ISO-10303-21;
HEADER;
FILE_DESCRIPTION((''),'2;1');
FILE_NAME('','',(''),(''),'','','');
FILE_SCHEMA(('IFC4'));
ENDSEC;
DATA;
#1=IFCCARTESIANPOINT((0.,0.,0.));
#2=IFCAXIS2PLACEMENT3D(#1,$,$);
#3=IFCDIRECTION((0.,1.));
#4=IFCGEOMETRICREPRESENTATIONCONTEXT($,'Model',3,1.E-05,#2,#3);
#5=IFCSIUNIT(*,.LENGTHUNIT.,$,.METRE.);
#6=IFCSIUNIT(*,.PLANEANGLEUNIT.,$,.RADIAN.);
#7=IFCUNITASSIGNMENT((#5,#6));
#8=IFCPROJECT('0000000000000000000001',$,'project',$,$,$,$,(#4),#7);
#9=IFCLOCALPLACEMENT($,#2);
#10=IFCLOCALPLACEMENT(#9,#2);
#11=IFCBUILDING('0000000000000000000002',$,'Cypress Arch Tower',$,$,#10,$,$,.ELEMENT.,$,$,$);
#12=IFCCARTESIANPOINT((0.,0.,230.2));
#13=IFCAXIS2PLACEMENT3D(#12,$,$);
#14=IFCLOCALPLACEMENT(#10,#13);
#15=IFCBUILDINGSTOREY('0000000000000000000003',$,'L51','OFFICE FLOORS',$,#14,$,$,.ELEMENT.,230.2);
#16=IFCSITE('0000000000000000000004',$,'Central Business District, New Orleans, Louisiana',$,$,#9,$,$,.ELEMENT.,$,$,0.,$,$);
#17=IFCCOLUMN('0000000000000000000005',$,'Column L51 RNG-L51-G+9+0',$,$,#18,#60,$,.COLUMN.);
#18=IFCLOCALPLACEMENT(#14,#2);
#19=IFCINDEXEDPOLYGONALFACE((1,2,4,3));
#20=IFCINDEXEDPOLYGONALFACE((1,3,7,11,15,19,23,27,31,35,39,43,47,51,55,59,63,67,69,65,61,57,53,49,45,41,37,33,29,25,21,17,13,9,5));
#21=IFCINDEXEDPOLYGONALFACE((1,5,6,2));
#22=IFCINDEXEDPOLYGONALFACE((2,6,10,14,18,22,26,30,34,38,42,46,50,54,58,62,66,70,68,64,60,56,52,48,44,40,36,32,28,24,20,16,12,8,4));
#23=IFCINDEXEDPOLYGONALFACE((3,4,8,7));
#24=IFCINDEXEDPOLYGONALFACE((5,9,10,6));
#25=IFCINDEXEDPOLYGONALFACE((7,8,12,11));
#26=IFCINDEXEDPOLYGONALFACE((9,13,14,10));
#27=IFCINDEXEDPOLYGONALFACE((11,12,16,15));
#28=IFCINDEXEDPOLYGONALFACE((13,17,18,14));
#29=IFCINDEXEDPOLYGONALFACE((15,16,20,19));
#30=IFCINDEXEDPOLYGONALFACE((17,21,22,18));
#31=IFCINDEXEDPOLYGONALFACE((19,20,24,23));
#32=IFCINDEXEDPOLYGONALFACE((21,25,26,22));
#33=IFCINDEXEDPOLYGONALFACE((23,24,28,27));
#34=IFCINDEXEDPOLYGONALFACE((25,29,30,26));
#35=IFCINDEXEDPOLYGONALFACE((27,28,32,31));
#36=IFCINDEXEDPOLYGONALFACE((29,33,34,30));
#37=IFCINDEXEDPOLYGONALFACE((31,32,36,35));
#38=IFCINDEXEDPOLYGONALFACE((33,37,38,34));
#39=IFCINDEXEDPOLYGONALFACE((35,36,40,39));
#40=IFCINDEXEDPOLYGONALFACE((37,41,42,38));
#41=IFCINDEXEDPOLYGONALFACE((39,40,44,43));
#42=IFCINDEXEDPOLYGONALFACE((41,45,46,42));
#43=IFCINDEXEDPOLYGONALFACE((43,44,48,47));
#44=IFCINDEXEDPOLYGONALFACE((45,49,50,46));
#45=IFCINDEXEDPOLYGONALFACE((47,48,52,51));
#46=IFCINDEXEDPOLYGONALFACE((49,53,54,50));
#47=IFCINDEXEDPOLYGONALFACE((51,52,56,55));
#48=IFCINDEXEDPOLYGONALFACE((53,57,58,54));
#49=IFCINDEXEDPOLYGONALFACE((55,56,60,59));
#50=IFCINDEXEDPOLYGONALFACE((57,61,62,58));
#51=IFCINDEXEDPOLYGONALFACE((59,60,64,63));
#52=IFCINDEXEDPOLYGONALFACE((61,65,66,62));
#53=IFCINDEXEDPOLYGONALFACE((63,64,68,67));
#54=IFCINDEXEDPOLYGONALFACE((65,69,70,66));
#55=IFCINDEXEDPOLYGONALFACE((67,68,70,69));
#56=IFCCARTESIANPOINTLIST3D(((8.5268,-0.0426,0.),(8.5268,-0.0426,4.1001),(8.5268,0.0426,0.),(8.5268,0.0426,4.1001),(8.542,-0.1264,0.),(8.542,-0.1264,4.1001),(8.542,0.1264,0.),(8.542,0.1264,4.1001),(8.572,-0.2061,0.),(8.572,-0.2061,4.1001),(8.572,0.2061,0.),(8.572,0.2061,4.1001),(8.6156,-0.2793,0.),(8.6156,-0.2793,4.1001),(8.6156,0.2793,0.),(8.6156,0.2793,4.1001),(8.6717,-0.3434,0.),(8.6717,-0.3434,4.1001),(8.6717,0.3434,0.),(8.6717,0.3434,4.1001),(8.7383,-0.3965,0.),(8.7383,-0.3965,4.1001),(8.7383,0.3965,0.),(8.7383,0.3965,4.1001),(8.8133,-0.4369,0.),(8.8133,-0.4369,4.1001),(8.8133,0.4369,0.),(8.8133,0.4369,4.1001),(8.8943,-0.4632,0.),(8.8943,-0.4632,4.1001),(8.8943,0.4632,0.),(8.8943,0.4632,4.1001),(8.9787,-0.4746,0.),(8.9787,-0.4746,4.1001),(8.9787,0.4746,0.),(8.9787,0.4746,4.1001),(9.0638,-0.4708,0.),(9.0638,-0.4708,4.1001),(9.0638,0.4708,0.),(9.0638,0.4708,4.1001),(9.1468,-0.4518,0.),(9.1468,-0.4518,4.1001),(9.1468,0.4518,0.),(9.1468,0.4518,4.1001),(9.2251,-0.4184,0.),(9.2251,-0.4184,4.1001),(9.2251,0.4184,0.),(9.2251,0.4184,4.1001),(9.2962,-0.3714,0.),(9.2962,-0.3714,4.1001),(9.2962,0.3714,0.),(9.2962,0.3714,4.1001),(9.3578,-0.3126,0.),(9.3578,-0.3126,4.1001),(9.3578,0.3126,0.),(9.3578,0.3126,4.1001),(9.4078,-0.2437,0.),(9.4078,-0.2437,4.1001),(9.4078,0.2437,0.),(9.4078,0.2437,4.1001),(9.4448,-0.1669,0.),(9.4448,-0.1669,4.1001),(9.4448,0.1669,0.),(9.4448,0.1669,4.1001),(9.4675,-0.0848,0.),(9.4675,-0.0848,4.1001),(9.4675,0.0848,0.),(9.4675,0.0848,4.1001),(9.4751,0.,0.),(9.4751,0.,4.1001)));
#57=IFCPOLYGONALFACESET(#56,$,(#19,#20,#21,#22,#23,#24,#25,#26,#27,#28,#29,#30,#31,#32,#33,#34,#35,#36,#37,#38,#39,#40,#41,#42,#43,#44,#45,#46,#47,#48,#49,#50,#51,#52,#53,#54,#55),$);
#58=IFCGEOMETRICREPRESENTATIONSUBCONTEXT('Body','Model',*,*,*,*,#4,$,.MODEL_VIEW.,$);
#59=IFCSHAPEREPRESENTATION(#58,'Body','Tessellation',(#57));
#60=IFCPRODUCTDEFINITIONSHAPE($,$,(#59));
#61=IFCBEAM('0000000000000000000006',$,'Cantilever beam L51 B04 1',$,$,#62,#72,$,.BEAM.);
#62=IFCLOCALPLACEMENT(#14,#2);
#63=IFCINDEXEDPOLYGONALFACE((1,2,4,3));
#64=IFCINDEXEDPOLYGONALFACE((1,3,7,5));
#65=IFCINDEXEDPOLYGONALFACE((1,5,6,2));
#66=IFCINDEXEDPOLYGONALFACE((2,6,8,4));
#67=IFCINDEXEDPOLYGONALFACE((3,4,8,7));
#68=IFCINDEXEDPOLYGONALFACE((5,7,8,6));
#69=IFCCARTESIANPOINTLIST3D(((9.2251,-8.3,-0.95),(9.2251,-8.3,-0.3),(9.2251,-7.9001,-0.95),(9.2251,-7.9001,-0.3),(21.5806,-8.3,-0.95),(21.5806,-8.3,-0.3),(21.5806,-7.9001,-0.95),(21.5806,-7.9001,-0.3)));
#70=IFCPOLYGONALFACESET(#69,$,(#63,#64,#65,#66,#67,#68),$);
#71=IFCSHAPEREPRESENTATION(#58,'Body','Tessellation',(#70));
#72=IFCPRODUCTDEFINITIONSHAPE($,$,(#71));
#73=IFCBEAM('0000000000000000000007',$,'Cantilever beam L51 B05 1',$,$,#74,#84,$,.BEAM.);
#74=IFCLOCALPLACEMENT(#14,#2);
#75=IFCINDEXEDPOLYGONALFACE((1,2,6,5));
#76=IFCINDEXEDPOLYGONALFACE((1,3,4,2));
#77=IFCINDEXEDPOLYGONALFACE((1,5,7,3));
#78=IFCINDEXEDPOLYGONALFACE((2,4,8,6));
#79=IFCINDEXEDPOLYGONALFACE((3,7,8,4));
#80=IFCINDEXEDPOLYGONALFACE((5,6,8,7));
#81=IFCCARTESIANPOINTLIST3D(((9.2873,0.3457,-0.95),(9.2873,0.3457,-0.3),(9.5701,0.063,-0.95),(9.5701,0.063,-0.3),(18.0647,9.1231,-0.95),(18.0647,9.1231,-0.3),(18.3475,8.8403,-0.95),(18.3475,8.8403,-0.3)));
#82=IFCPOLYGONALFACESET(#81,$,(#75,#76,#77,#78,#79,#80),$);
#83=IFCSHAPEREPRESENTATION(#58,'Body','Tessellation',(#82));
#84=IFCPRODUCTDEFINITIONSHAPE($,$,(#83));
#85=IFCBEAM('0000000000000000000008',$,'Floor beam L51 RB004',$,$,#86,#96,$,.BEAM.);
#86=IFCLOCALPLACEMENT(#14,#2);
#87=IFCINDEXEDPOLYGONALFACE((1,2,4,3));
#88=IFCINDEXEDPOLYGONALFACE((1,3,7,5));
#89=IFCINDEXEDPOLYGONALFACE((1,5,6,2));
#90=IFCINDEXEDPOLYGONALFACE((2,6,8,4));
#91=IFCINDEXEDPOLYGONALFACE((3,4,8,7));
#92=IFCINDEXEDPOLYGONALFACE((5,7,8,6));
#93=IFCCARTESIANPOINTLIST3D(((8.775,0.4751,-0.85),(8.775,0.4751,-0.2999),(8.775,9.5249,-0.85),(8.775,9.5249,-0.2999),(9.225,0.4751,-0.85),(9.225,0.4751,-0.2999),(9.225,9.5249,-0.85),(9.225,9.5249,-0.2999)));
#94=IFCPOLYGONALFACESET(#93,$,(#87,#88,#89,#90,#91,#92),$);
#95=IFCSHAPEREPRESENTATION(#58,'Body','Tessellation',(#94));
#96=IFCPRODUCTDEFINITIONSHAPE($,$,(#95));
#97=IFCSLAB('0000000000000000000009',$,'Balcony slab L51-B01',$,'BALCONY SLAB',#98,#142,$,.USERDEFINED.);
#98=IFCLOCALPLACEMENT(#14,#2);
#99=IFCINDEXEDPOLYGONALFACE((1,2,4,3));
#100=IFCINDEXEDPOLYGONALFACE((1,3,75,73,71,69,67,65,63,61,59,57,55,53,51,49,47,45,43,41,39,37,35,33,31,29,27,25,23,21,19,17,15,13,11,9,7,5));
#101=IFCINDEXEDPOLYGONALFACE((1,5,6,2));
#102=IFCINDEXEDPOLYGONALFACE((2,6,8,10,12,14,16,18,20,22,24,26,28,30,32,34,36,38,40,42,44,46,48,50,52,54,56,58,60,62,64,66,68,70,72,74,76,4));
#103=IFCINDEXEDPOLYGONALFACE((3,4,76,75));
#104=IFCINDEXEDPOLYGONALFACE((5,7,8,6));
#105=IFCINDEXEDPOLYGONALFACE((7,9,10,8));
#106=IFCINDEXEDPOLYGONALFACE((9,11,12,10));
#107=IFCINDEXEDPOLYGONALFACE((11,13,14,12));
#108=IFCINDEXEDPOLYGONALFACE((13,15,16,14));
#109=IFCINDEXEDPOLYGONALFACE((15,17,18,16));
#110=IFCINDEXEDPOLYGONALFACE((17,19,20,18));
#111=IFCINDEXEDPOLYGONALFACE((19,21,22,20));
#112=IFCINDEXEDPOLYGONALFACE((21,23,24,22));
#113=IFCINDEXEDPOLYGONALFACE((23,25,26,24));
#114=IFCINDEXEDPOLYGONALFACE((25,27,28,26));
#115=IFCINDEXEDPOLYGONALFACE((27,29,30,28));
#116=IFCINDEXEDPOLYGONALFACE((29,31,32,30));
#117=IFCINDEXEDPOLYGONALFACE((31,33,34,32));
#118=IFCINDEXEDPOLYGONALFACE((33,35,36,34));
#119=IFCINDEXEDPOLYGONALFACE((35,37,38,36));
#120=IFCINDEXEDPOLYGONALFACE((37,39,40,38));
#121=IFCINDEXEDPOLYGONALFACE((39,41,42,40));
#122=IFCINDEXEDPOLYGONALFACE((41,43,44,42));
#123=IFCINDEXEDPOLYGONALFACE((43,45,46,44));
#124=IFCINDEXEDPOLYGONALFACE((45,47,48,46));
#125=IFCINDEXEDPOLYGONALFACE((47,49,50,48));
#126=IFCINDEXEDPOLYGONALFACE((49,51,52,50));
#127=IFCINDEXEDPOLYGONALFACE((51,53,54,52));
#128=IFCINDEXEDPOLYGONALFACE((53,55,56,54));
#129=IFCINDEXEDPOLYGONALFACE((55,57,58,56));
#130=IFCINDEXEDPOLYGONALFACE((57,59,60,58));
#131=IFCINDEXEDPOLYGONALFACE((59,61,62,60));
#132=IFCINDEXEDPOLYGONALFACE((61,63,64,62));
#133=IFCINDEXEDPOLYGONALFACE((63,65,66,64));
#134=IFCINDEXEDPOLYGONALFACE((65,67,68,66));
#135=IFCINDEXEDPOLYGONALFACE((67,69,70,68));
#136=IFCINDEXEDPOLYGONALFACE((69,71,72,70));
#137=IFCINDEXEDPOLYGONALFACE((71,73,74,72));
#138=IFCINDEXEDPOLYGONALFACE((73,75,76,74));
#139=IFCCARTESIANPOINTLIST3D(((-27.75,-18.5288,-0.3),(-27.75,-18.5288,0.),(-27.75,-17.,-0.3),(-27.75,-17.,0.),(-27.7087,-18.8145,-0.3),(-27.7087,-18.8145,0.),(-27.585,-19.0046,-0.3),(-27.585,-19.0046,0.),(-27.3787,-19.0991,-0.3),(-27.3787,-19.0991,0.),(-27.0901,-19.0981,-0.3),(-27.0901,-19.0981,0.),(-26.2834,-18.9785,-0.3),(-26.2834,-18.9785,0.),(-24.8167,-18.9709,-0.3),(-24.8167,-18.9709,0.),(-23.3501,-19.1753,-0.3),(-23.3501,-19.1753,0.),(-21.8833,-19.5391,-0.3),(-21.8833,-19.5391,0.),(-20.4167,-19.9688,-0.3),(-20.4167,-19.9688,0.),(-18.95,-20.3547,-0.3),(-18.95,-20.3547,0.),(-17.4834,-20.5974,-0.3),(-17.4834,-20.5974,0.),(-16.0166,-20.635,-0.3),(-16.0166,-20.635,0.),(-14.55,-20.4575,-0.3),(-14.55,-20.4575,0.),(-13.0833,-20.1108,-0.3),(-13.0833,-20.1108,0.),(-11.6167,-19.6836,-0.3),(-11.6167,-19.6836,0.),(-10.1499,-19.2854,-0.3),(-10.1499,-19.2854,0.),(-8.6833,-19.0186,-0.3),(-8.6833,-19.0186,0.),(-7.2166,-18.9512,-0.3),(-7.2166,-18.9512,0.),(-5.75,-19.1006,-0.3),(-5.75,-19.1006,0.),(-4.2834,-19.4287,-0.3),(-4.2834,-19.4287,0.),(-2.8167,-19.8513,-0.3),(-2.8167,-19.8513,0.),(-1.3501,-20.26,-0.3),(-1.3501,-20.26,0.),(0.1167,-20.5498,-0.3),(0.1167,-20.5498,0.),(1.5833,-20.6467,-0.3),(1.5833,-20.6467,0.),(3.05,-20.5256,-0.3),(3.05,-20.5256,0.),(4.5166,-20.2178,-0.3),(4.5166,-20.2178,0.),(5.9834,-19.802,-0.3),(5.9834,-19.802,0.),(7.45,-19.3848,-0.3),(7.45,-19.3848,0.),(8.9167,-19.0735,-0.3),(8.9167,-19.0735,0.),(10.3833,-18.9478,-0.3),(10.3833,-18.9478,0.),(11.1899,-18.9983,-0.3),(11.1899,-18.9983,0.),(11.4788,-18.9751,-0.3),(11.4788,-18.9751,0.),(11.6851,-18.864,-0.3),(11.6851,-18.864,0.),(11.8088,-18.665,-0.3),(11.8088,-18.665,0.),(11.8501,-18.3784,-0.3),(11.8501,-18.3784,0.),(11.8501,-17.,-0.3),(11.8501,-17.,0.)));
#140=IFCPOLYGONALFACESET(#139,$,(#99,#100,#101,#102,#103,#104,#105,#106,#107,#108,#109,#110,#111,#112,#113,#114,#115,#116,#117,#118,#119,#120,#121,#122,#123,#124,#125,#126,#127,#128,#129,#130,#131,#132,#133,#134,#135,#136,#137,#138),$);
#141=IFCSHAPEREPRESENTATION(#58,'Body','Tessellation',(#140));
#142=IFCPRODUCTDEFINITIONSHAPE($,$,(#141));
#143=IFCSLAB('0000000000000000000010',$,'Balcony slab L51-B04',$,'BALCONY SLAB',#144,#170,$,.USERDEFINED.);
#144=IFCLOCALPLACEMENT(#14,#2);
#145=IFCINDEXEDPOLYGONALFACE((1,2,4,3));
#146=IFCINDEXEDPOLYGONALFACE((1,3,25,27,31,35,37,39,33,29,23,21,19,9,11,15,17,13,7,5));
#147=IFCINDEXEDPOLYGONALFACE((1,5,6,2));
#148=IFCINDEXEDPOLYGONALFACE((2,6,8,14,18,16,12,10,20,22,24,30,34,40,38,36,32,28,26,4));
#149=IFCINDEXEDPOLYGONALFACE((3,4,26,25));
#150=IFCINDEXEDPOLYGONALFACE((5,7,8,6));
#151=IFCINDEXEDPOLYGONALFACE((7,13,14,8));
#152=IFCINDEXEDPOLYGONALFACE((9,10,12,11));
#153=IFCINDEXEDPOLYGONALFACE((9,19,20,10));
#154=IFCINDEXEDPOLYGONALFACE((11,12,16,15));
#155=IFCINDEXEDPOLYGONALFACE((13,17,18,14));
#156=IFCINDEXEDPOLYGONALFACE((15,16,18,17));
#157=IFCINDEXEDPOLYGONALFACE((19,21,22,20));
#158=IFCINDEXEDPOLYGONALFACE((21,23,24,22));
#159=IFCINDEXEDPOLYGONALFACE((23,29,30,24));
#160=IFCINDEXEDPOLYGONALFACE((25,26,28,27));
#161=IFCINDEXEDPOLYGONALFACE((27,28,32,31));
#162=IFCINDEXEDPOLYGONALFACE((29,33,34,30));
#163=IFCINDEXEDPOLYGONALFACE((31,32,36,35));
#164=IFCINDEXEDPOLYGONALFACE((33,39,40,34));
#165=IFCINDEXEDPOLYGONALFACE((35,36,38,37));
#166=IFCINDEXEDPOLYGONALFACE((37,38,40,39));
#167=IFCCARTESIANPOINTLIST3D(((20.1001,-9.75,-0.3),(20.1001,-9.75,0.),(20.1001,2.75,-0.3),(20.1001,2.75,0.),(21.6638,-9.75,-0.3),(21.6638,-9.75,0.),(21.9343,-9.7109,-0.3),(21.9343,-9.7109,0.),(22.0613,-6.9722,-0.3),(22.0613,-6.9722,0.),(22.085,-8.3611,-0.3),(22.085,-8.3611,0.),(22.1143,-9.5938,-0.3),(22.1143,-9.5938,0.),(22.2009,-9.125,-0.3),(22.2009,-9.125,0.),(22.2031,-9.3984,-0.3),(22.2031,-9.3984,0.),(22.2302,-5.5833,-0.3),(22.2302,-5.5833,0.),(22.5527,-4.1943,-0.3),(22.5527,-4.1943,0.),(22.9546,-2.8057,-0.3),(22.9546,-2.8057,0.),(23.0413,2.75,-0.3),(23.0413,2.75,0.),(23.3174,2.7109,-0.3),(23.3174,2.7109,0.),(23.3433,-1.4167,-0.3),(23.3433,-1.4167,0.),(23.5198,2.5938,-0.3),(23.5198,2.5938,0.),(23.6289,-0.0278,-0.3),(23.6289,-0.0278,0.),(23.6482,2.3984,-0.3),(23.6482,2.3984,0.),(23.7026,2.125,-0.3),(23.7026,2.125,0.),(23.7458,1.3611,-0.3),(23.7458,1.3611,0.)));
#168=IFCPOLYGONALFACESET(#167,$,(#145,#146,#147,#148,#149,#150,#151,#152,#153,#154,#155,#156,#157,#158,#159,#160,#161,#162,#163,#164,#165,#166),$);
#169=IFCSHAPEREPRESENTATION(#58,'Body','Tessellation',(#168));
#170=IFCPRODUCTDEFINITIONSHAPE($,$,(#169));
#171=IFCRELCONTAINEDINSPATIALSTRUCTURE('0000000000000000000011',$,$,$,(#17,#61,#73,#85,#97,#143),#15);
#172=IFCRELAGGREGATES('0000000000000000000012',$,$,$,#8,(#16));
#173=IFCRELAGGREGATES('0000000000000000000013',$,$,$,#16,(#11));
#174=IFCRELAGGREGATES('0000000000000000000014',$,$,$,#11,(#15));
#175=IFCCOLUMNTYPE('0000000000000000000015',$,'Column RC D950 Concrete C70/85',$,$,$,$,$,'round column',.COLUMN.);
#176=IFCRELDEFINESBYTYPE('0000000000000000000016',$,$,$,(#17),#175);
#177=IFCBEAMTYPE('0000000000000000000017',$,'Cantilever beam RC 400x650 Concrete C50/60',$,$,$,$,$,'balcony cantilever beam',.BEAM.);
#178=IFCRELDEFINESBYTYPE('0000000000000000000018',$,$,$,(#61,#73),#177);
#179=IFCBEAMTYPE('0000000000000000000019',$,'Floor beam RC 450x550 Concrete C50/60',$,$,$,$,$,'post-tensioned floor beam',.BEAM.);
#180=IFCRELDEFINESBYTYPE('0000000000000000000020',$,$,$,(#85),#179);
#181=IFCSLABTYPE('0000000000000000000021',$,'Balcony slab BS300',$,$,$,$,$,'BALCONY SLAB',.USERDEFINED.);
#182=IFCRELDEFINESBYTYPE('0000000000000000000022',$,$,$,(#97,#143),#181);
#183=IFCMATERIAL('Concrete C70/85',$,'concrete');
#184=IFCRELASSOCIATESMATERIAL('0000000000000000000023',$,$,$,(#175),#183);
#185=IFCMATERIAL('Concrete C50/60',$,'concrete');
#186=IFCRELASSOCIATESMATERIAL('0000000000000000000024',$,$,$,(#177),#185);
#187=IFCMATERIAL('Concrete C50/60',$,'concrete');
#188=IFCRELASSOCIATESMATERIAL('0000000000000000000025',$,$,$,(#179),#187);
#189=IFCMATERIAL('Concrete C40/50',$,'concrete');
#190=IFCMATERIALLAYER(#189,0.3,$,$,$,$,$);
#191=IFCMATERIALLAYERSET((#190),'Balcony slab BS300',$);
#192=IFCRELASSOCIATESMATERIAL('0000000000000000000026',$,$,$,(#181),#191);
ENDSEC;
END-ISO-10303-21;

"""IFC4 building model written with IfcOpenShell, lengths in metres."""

from ifc_helpers import new_model, si_unit, direction, frame, origin, origin_2d, place, context, subcontext, project, spatial, polyline, rectangle, circle, outline, extrude, material, layer, layer_set, material_profile, profile_set, type_object, element, save


model = new_model("IFC4")

# Units and contexts
model_context = context("Model", 3, precision=1e-05, world=origin(), true_north=direction((0.0, 1.0)))
body_context = subcontext(model_context, "Body", "Model", "MODEL_VIEW")
ifc_project = project(units=[si_unit("LENGTHUNIT", "METRE"), si_unit("PLANEANGLEUNIT", "RADIAN")], contexts=[model_context])

# Site, building, storey
site_placement = place(None, origin())
site = spatial("IfcSite", under=ifc_project, at=site_placement, Name="Central Business District, New Orleans, Louisiana", CompositionType="ELEMENT", RefElevation=0.0)
building_placement = place(site_placement, origin())
building = spatial("IfcBuilding", under=site, at=building_placement, Name="Cypress Arch Tower", CompositionType="ELEMENT")
storey_placement = place(building_placement, frame((0.0, 0.0, 230.2)))
storey = spatial("IfcBuildingStorey", under=building, at=storey_placement, Name="L51", Description="OFFICE FLOORS", CompositionType="ELEMENT", Elevation=230.2)

# Column
ifc_material_1 = material(Name="Concrete C70/85", Category="concrete")
ifc_material_profile_1 = material_profile(ifc_material_1, circle(Radius=0.4751, at=origin_2d()), Name="RC D950")
ifc_profile_set_1 = profile_set([ifc_material_profile_1], Name="Concrete C70/85")
column_type = type_object("IfcColumnType", Name="Column RC D950 Concrete C70/85", ElementType="round column", PredefinedType="COLUMN", material=ifc_profile_set_1)
column_placement = place(storey_placement, frame((9.0, 0.0, 0.0), z_axis=(0.0, 0.0, 1.0), x_axis=(1.0, 0.0, 0.0)))
element("IfcColumn", 1, at=column_placement, inside=storey, type_object=column_type, Name="Column L51 RNG-L51-G+9+0", PredefinedType="COLUMN", context=body_context, shape_type="SweptSolid", body=[
    extrude(circle(Radius=0.4751, at=origin_2d()), origin(), (0.0, 0.0, 1.0), 4.1001),
])

# Beams
ifc_material_2 = material(Name="Concrete C50/60", Category="concrete")
ifc_material_profile_2 = material_profile(ifc_material_2, rectangle(XDim=0.3999, YDim=0.6499, at=origin_2d()), Name="RC 400x650")
ifc_profile_set_2 = profile_set([ifc_material_profile_2], Name="Concrete C50/60")
beam_type_1 = type_object("IfcBeamType", Name="Cantilever beam RC 400x650 Concrete C50/60", ElementType="balcony cantilever beam", PredefinedType="BEAM", material=ifc_profile_set_2)
beam_1_placement = place(storey_placement, frame((9.2251, -8.1001, -0.625), z_axis=(1.0, 0.0, 0.0), x_axis=(0.0, 1.0, 0.0)))
element("IfcBeam", 2, at=beam_1_placement, inside=storey, type_object=beam_type_1, Name="Cantilever beam L51 B04 1", PredefinedType="BEAM", context=body_context, shape_type="SweptSolid", body=[
    extrude(rectangle(XDim=0.3999, YDim=0.6499, at=origin_2d()), origin(), (0.0, 0.0, 1.0), 12.3555),
])
beam_2_placement = place(storey_placement, frame((9.4287, 0.2043, -0.625), z_axis=(0.707107, 0.707107, 0.0), x_axis=(-0.707107, 0.707107, 0.0)))
element("IfcBeam", 3, at=beam_2_placement, inside=storey, type_object=beam_type_1, Name="Cantilever beam L51 B05 1", PredefinedType="BEAM", context=body_context, shape_type="SweptSolid", body=[
    extrude(rectangle(XDim=0.3999, YDim=0.6499, at=origin_2d()), origin(), (0.0, 0.0, 1.0), 12.4131),
])
ifc_material_3 = material(Name="Concrete C50/60", Category="concrete")
ifc_material_profile_3 = material_profile(ifc_material_3, rectangle(XDim=0.45, YDim=0.55, at=origin_2d()), Name="RC 450x550")
ifc_profile_set_3 = profile_set([ifc_material_profile_3], Name="Concrete C50/60")
beam_type_2 = type_object("IfcBeamType", Name="Floor beam RC 450x550 Concrete C50/60", ElementType="post-tensioned floor beam", PredefinedType="BEAM", material=ifc_profile_set_3)
beam_3_placement = place(storey_placement, frame((9.0, 0.4751, -0.575), z_axis=(0.0, 1.0, 0.0), x_axis=(-1.0, 0.0, 0.0)))
element("IfcBeam", 4, at=beam_3_placement, inside=storey, type_object=beam_type_2, Name="Floor beam L51 RB004", PredefinedType="BEAM", context=body_context, shape_type="SweptSolid", body=[
    extrude(rectangle(XDim=0.45, YDim=0.55, at=origin_2d()), origin(), (0.0, 0.0, 1.0), 9.0498),
])

# Slabs
ifc_material_4 = material(Name="Concrete C40/50", Category="concrete")
ifc_layer_1 = layer(ifc_material_4, 0.3)
ifc_layer_set_1 = layer_set([ifc_layer_1], Name="Balcony slab BS300")
slab_type_1 = type_object("IfcSlabType", Name="Balcony slab BS300", ElementType="BALCONY SLAB", PredefinedType="USERDEFINED", material=ifc_layer_set_1)
slab_1_placement = place(storey_placement, frame((0.0, 0.0, -0.3)))
element("IfcSlab", 5, at=slab_1_placement, inside=storey, type_object=slab_type_1, Name="Balcony slab L51-B01", ObjectType="BALCONY SLAB", PredefinedType="USERDEFINED", context=body_context, shape_type="SweptSolid", body=[
    extrude(outline(polyline([(-27.75, -17.0), (-27.75, -18.5288), (-27.7087, -18.8145), (-27.585, -19.0046), (-27.3787, -19.0991), (-27.0901, -19.0981), (-26.2834, -18.9785), (-24.8167, -18.9709), (-23.3501, -19.1753), (-21.8833, -19.5391), (-20.4167, -19.9688), (-18.95, -20.3547), (-17.4834, -20.5974), (-16.0166, -20.635), (-14.55, -20.4575), (-13.0833, -20.1108), (-11.6167, -19.6836), (-10.1499, -19.2854), (-8.6833, -19.0186), (-7.2166, -18.9512), (-5.75, -19.1006), (-4.2834, -19.4287), (-2.8167, -19.8513), (-1.3501, -20.26), (0.1167, -20.5498), (1.5833, -20.6467), (3.05, -20.5256), (4.5166, -20.2178), (5.9834, -19.802), (7.45, -19.3848), (8.9167, -19.0735), (10.3833, -18.9478), (11.1899, -18.9983), (11.4788, -18.9751), (11.6851, -18.864), (11.8088, -18.665), (11.8501, -18.3784), (11.8501, -17.0), (-27.75, -17.0)])), origin(), (0.0, 0.0, 1.0), 0.3),
])
slab_2_placement = place(storey_placement, frame((0.0, 0.0, -0.3)))
element("IfcSlab", 6, at=slab_2_placement, inside=storey, type_object=slab_type_1, Name="Balcony slab L51-B04", ObjectType="BALCONY SLAB", PredefinedType="USERDEFINED", context=body_context, shape_type="SweptSolid", body=[
    extrude(outline(polyline([(20.1001, -9.75), (21.6638, -9.75), (21.9343, -9.7109), (22.1143, -9.5938), (22.2031, -9.3984), (22.2009, -9.125), (22.085, -8.3611), (22.0613, -6.9722), (22.2302, -5.5833), (22.5527, -4.1943), (22.9546, -2.8057), (23.3433, -1.4167), (23.6289, -0.0278), (23.7458, 1.3611), (23.7026, 2.125), (23.6482, 2.3984), (23.5198, 2.5938), (23.3174, 2.7109), (23.0413, 2.75), (20.1001, 2.75), (20.1001, -9.75)])), origin(), (0.0, 0.0, 1.0), 0.3),
])

save(model, "model.ifc")
